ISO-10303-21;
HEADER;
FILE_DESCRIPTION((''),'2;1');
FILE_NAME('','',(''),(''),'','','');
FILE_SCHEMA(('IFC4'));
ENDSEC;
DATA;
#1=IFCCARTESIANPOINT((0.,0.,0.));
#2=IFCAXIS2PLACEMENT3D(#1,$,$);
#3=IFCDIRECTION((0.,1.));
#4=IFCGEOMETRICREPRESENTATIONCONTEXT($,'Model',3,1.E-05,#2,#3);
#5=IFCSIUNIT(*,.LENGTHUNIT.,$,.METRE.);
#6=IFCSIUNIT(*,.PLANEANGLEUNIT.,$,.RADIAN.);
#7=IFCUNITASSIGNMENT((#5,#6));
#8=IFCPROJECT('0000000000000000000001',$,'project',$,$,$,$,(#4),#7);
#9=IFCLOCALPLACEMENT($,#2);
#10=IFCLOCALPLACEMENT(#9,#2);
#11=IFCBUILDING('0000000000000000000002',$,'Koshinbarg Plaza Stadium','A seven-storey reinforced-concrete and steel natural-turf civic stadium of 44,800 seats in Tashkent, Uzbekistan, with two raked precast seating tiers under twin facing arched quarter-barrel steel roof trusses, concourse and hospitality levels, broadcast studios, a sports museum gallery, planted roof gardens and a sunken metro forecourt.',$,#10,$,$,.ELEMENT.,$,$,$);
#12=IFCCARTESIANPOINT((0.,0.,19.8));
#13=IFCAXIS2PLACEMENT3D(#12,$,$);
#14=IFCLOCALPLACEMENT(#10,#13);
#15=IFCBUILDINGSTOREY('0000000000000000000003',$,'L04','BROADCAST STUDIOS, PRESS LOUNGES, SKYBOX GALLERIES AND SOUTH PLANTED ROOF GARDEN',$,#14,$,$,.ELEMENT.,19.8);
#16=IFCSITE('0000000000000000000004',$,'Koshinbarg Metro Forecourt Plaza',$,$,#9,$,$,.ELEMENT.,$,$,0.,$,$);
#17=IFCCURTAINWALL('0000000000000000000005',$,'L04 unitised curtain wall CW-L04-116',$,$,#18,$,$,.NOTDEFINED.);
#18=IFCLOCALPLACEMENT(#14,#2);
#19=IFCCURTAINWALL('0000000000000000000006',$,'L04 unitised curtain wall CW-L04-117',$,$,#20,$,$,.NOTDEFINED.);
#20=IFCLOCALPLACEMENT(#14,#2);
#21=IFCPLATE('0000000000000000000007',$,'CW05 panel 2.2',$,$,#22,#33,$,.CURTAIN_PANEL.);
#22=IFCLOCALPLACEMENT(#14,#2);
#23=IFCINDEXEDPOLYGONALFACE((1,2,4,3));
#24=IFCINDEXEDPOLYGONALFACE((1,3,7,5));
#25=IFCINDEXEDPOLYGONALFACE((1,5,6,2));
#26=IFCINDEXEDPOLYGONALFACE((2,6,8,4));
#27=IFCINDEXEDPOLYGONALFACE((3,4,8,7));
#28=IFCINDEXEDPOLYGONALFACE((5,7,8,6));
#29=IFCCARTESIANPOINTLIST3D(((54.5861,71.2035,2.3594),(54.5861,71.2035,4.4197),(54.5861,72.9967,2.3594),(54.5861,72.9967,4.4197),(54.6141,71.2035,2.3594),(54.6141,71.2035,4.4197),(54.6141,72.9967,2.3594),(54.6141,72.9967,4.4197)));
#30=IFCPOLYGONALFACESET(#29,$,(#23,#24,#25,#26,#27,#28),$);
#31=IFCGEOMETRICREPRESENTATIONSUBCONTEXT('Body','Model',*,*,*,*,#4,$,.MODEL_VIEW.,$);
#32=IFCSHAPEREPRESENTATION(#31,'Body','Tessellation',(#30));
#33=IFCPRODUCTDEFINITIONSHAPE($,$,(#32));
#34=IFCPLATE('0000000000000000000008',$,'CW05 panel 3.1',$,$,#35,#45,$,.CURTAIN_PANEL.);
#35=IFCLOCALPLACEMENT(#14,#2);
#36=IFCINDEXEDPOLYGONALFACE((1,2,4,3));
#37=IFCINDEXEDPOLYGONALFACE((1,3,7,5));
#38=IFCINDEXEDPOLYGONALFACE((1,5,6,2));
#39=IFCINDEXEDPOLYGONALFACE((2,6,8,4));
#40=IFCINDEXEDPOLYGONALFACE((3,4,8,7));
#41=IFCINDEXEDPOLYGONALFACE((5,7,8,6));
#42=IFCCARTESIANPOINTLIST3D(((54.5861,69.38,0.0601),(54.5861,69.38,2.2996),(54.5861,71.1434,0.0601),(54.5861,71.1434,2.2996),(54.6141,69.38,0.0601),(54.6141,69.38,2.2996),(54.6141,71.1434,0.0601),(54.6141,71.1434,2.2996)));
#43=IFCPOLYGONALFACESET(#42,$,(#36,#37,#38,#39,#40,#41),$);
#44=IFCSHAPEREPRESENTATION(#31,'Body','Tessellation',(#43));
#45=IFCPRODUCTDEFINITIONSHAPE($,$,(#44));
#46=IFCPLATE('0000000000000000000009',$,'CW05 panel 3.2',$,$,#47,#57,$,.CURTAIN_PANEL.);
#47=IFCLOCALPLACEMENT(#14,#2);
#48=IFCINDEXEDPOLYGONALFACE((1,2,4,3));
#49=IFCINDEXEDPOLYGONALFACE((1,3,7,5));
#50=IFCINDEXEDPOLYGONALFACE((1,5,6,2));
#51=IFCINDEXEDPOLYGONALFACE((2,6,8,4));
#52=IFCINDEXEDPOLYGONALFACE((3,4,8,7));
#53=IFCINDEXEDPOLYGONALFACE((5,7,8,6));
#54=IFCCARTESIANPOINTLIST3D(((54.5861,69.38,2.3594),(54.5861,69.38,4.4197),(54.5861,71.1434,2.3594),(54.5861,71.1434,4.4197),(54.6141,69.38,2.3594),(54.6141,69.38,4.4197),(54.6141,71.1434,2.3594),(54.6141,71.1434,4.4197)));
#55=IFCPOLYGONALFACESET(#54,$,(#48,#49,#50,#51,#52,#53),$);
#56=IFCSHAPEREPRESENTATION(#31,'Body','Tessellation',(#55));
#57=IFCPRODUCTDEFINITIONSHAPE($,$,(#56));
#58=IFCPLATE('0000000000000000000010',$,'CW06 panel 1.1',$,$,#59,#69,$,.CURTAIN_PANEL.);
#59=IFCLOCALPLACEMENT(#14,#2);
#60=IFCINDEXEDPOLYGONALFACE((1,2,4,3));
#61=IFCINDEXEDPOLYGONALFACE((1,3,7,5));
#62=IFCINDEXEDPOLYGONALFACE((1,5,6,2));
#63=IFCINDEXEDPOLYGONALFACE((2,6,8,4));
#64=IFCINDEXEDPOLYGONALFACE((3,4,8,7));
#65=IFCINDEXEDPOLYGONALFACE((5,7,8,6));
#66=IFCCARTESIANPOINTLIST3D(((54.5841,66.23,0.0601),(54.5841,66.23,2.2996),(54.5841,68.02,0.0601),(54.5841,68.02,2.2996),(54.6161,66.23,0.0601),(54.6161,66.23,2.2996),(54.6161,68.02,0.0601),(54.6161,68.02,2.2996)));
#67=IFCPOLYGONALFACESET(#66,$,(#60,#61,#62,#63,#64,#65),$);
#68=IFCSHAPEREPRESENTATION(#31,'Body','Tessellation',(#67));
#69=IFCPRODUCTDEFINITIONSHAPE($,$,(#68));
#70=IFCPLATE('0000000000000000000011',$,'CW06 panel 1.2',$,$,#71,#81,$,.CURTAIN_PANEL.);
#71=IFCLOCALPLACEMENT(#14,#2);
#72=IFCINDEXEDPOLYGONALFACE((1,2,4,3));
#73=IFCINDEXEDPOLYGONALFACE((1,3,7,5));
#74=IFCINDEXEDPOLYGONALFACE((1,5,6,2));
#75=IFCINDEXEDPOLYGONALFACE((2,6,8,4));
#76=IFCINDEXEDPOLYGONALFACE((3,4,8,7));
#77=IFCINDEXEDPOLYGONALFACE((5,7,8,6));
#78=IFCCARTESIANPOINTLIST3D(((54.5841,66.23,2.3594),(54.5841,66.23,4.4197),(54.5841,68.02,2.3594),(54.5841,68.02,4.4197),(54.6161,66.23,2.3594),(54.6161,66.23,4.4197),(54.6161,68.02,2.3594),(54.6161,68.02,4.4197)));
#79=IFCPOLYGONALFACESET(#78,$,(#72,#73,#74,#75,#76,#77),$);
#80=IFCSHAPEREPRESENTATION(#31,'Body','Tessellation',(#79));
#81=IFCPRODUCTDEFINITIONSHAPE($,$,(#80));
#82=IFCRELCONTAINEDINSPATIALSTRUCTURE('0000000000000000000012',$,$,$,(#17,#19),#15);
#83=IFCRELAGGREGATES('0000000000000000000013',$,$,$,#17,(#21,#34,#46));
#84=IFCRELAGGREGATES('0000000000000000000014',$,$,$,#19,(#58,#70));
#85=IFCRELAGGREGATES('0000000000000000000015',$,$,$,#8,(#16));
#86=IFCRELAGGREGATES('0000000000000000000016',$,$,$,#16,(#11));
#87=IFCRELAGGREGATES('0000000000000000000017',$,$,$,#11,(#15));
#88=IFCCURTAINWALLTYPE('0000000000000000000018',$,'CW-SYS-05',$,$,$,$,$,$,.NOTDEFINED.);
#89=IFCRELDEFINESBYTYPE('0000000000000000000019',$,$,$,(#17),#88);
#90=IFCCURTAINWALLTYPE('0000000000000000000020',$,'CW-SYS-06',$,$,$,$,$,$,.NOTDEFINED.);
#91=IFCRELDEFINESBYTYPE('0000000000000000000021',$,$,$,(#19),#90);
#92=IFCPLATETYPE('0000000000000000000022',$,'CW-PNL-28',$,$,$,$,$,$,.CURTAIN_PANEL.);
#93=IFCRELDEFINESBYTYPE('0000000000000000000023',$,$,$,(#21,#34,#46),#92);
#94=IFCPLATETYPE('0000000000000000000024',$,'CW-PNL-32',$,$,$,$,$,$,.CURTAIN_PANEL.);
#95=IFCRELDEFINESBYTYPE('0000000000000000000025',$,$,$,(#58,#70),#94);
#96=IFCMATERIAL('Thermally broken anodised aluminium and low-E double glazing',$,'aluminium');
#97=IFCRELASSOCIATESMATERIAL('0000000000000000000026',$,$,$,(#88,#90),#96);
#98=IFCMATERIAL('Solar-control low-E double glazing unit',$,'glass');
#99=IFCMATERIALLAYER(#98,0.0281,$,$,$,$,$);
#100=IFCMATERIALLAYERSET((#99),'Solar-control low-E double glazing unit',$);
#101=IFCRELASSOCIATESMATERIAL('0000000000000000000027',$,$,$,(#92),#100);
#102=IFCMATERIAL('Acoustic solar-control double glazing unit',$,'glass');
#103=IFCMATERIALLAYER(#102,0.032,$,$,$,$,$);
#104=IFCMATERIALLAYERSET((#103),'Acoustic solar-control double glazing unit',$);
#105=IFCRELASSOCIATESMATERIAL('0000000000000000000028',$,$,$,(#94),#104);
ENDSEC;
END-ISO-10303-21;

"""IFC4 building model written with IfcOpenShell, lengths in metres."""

from ifc_helpers import new_model, si_unit, direction, frame, origin, origin_2d, place, context, subcontext, project, spatial, rectangle, extrude, material, layer, layer_set, type_object, element, aggregate, save


model = new_model("IFC4")

# Units and contexts
model_context = context("Model", 3, precision=1e-05, world=origin(), true_north=direction((0.0, 1.0)))
body_context = subcontext(model_context, "Body", "Model", "MODEL_VIEW")
ifc_project = project(units=[si_unit("LENGTHUNIT", "METRE"), si_unit("PLANEANGLEUNIT", "RADIAN")], contexts=[model_context])

# Site, building, storey
site_placement = place(None, origin())
site = spatial("IfcSite", under=ifc_project, at=site_placement, Name="Koshinbarg Metro Forecourt Plaza", CompositionType="ELEMENT", RefElevation=0.0)
building_placement = place(site_placement, origin())
building = spatial("IfcBuilding", under=site, at=building_placement, Name="Koshinbarg Plaza Stadium", Description="A seven-storey reinforced-concrete and steel natural-turf civic stadium of 44,800 seats in Tashkent, Uzbekistan, with two raked precast seating tiers under twin facing arched quarter-barrel steel roof trusses, concourse and hospitality levels, broadcast studios, a sports museum gallery, planted roof gardens and a sunken metro forecourt.", CompositionType="ELEMENT")
storey_placement = place(building_placement, frame((0.0, 0.0, 19.8)))
storey = spatial("IfcBuildingStorey", under=building, at=storey_placement, Name="L04", Description="BROADCAST STUDIOS, PRESS LOUNGES, SKYBOX GALLERIES AND SOUTH PLANTED ROOF GARDEN", CompositionType="ELEMENT", Elevation=19.8)

# Curtain walls
ifc_material_1 = material(Name="Thermally broken anodised aluminium and low-E double glazing", Category="aluminium")
curtain_wall_type_1 = type_object("IfcCurtainWallType", Name="CW-SYS-05", PredefinedType="NOTDEFINED", material=ifc_material_1)
curtain_wall_1_placement = place(storey_placement, origin())
curtain_wall_1 = element("IfcCurtainWall", 1, at=curtain_wall_1_placement, inside=storey, type_object=curtain_wall_type_1, Name="L04 unitised curtain wall CW-L04-116", PredefinedType="NOTDEFINED")
curtain_wall_type_2 = type_object("IfcCurtainWallType", Name="CW-SYS-06", PredefinedType="NOTDEFINED", material=ifc_material_1)
curtain_wall_2_placement = place(storey_placement, origin())
curtain_wall_2 = element("IfcCurtainWall", 2, at=curtain_wall_2_placement, inside=storey, type_object=curtain_wall_type_2, Name="L04 unitised curtain wall CW-L04-117", PredefinedType="NOTDEFINED")

# Plates
ifc_material_2 = material(Name="Solar-control low-E double glazing unit", Category="glass")
ifc_layer_1 = layer(ifc_material_2, 0.0281)
ifc_layer_set_1 = layer_set([ifc_layer_1], Name="Solar-control low-E double glazing unit")
plate_type_1 = type_object("IfcPlateType", Name="CW-PNL-28", PredefinedType="CURTAIN_PANEL", material=ifc_layer_set_1)
plate_1_placement = place(storey_placement, frame((54.6001, 72.1001, 2.3594), z_axis=(0.0, 0.0, 1.0), x_axis=(0.0, -1.0, 0.0)))
plate_1 = element("IfcPlate", 3, at=plate_1_placement, type_object=plate_type_1, Name="CW05 panel 2.2", PredefinedType="CURTAIN_PANEL", context=body_context, shape_type="SweptSolid", body=[
    extrude(rectangle(XDim=1.7932, YDim=0.0281, at=origin_2d()), origin(), (0.0, 0.0, 1.0), 2.0603),
])
plate_2_placement = place(storey_placement, frame((54.6001, 70.2617, 0.0601), z_axis=(0.0, 0.0, 1.0), x_axis=(0.0, -1.0, 0.0)))
plate_2 = element("IfcPlate", 4, at=plate_2_placement, type_object=plate_type_1, Name="CW05 panel 3.1", PredefinedType="CURTAIN_PANEL", context=body_context, shape_type="SweptSolid", body=[
    extrude(rectangle(XDim=1.7634, YDim=0.0281, at=origin_2d()), origin(), (0.0, 0.0, 1.0), 2.2395),
])
plate_3_placement = place(storey_placement, frame((54.6001, 70.2617, 2.3594), z_axis=(0.0, 0.0, 1.0), x_axis=(0.0, -1.0, 0.0)))
plate_3 = element("IfcPlate", 5, at=plate_3_placement, type_object=plate_type_1, Name="CW05 panel 3.2", PredefinedType="CURTAIN_PANEL", context=body_context, shape_type="SweptSolid", body=[
    extrude(rectangle(XDim=1.7634, YDim=0.0281, at=origin_2d()), origin(), (0.0, 0.0, 1.0), 2.0603),
])
aggregate(curtain_wall_1, [plate_1, plate_2, plate_3])
ifc_material_3 = material(Name="Acoustic solar-control double glazing unit", Category="glass")
ifc_layer_2 = layer(ifc_material_3, 0.032)
ifc_layer_set_2 = layer_set([ifc_layer_2], Name="Acoustic solar-control double glazing unit")
plate_type_2 = type_object("IfcPlateType", Name="CW-PNL-32", PredefinedType="CURTAIN_PANEL", material=ifc_layer_set_2)
plate_4_placement = place(storey_placement, frame((54.6001, 67.125, 0.0601), z_axis=(0.0, 0.0, 1.0), x_axis=(0.0, -1.0, 0.0)))
plate_4 = element("IfcPlate", 6, at=plate_4_placement, type_object=plate_type_2, Name="CW06 panel 1.1", PredefinedType="CURTAIN_PANEL", context=body_context, shape_type="SweptSolid", body=[
    extrude(rectangle(XDim=1.79, YDim=0.032, at=origin_2d()), origin(), (0.0, 0.0, 1.0), 2.2395),
])
plate_5_placement = place(storey_placement, frame((54.6001, 67.125, 2.3594), z_axis=(0.0, 0.0, 1.0), x_axis=(0.0, -1.0, 0.0)))
plate_5 = element("IfcPlate", 7, at=plate_5_placement, type_object=plate_type_2, Name="CW06 panel 1.2", PredefinedType="CURTAIN_PANEL", context=body_context, shape_type="SweptSolid", body=[
    extrude(rectangle(XDim=1.79, YDim=0.032, at=origin_2d()), origin(), (0.0, 0.0, 1.0), 2.0603),
])
aggregate(curtain_wall_2, [plate_4, plate_5])

save(model, "model.ifc")
